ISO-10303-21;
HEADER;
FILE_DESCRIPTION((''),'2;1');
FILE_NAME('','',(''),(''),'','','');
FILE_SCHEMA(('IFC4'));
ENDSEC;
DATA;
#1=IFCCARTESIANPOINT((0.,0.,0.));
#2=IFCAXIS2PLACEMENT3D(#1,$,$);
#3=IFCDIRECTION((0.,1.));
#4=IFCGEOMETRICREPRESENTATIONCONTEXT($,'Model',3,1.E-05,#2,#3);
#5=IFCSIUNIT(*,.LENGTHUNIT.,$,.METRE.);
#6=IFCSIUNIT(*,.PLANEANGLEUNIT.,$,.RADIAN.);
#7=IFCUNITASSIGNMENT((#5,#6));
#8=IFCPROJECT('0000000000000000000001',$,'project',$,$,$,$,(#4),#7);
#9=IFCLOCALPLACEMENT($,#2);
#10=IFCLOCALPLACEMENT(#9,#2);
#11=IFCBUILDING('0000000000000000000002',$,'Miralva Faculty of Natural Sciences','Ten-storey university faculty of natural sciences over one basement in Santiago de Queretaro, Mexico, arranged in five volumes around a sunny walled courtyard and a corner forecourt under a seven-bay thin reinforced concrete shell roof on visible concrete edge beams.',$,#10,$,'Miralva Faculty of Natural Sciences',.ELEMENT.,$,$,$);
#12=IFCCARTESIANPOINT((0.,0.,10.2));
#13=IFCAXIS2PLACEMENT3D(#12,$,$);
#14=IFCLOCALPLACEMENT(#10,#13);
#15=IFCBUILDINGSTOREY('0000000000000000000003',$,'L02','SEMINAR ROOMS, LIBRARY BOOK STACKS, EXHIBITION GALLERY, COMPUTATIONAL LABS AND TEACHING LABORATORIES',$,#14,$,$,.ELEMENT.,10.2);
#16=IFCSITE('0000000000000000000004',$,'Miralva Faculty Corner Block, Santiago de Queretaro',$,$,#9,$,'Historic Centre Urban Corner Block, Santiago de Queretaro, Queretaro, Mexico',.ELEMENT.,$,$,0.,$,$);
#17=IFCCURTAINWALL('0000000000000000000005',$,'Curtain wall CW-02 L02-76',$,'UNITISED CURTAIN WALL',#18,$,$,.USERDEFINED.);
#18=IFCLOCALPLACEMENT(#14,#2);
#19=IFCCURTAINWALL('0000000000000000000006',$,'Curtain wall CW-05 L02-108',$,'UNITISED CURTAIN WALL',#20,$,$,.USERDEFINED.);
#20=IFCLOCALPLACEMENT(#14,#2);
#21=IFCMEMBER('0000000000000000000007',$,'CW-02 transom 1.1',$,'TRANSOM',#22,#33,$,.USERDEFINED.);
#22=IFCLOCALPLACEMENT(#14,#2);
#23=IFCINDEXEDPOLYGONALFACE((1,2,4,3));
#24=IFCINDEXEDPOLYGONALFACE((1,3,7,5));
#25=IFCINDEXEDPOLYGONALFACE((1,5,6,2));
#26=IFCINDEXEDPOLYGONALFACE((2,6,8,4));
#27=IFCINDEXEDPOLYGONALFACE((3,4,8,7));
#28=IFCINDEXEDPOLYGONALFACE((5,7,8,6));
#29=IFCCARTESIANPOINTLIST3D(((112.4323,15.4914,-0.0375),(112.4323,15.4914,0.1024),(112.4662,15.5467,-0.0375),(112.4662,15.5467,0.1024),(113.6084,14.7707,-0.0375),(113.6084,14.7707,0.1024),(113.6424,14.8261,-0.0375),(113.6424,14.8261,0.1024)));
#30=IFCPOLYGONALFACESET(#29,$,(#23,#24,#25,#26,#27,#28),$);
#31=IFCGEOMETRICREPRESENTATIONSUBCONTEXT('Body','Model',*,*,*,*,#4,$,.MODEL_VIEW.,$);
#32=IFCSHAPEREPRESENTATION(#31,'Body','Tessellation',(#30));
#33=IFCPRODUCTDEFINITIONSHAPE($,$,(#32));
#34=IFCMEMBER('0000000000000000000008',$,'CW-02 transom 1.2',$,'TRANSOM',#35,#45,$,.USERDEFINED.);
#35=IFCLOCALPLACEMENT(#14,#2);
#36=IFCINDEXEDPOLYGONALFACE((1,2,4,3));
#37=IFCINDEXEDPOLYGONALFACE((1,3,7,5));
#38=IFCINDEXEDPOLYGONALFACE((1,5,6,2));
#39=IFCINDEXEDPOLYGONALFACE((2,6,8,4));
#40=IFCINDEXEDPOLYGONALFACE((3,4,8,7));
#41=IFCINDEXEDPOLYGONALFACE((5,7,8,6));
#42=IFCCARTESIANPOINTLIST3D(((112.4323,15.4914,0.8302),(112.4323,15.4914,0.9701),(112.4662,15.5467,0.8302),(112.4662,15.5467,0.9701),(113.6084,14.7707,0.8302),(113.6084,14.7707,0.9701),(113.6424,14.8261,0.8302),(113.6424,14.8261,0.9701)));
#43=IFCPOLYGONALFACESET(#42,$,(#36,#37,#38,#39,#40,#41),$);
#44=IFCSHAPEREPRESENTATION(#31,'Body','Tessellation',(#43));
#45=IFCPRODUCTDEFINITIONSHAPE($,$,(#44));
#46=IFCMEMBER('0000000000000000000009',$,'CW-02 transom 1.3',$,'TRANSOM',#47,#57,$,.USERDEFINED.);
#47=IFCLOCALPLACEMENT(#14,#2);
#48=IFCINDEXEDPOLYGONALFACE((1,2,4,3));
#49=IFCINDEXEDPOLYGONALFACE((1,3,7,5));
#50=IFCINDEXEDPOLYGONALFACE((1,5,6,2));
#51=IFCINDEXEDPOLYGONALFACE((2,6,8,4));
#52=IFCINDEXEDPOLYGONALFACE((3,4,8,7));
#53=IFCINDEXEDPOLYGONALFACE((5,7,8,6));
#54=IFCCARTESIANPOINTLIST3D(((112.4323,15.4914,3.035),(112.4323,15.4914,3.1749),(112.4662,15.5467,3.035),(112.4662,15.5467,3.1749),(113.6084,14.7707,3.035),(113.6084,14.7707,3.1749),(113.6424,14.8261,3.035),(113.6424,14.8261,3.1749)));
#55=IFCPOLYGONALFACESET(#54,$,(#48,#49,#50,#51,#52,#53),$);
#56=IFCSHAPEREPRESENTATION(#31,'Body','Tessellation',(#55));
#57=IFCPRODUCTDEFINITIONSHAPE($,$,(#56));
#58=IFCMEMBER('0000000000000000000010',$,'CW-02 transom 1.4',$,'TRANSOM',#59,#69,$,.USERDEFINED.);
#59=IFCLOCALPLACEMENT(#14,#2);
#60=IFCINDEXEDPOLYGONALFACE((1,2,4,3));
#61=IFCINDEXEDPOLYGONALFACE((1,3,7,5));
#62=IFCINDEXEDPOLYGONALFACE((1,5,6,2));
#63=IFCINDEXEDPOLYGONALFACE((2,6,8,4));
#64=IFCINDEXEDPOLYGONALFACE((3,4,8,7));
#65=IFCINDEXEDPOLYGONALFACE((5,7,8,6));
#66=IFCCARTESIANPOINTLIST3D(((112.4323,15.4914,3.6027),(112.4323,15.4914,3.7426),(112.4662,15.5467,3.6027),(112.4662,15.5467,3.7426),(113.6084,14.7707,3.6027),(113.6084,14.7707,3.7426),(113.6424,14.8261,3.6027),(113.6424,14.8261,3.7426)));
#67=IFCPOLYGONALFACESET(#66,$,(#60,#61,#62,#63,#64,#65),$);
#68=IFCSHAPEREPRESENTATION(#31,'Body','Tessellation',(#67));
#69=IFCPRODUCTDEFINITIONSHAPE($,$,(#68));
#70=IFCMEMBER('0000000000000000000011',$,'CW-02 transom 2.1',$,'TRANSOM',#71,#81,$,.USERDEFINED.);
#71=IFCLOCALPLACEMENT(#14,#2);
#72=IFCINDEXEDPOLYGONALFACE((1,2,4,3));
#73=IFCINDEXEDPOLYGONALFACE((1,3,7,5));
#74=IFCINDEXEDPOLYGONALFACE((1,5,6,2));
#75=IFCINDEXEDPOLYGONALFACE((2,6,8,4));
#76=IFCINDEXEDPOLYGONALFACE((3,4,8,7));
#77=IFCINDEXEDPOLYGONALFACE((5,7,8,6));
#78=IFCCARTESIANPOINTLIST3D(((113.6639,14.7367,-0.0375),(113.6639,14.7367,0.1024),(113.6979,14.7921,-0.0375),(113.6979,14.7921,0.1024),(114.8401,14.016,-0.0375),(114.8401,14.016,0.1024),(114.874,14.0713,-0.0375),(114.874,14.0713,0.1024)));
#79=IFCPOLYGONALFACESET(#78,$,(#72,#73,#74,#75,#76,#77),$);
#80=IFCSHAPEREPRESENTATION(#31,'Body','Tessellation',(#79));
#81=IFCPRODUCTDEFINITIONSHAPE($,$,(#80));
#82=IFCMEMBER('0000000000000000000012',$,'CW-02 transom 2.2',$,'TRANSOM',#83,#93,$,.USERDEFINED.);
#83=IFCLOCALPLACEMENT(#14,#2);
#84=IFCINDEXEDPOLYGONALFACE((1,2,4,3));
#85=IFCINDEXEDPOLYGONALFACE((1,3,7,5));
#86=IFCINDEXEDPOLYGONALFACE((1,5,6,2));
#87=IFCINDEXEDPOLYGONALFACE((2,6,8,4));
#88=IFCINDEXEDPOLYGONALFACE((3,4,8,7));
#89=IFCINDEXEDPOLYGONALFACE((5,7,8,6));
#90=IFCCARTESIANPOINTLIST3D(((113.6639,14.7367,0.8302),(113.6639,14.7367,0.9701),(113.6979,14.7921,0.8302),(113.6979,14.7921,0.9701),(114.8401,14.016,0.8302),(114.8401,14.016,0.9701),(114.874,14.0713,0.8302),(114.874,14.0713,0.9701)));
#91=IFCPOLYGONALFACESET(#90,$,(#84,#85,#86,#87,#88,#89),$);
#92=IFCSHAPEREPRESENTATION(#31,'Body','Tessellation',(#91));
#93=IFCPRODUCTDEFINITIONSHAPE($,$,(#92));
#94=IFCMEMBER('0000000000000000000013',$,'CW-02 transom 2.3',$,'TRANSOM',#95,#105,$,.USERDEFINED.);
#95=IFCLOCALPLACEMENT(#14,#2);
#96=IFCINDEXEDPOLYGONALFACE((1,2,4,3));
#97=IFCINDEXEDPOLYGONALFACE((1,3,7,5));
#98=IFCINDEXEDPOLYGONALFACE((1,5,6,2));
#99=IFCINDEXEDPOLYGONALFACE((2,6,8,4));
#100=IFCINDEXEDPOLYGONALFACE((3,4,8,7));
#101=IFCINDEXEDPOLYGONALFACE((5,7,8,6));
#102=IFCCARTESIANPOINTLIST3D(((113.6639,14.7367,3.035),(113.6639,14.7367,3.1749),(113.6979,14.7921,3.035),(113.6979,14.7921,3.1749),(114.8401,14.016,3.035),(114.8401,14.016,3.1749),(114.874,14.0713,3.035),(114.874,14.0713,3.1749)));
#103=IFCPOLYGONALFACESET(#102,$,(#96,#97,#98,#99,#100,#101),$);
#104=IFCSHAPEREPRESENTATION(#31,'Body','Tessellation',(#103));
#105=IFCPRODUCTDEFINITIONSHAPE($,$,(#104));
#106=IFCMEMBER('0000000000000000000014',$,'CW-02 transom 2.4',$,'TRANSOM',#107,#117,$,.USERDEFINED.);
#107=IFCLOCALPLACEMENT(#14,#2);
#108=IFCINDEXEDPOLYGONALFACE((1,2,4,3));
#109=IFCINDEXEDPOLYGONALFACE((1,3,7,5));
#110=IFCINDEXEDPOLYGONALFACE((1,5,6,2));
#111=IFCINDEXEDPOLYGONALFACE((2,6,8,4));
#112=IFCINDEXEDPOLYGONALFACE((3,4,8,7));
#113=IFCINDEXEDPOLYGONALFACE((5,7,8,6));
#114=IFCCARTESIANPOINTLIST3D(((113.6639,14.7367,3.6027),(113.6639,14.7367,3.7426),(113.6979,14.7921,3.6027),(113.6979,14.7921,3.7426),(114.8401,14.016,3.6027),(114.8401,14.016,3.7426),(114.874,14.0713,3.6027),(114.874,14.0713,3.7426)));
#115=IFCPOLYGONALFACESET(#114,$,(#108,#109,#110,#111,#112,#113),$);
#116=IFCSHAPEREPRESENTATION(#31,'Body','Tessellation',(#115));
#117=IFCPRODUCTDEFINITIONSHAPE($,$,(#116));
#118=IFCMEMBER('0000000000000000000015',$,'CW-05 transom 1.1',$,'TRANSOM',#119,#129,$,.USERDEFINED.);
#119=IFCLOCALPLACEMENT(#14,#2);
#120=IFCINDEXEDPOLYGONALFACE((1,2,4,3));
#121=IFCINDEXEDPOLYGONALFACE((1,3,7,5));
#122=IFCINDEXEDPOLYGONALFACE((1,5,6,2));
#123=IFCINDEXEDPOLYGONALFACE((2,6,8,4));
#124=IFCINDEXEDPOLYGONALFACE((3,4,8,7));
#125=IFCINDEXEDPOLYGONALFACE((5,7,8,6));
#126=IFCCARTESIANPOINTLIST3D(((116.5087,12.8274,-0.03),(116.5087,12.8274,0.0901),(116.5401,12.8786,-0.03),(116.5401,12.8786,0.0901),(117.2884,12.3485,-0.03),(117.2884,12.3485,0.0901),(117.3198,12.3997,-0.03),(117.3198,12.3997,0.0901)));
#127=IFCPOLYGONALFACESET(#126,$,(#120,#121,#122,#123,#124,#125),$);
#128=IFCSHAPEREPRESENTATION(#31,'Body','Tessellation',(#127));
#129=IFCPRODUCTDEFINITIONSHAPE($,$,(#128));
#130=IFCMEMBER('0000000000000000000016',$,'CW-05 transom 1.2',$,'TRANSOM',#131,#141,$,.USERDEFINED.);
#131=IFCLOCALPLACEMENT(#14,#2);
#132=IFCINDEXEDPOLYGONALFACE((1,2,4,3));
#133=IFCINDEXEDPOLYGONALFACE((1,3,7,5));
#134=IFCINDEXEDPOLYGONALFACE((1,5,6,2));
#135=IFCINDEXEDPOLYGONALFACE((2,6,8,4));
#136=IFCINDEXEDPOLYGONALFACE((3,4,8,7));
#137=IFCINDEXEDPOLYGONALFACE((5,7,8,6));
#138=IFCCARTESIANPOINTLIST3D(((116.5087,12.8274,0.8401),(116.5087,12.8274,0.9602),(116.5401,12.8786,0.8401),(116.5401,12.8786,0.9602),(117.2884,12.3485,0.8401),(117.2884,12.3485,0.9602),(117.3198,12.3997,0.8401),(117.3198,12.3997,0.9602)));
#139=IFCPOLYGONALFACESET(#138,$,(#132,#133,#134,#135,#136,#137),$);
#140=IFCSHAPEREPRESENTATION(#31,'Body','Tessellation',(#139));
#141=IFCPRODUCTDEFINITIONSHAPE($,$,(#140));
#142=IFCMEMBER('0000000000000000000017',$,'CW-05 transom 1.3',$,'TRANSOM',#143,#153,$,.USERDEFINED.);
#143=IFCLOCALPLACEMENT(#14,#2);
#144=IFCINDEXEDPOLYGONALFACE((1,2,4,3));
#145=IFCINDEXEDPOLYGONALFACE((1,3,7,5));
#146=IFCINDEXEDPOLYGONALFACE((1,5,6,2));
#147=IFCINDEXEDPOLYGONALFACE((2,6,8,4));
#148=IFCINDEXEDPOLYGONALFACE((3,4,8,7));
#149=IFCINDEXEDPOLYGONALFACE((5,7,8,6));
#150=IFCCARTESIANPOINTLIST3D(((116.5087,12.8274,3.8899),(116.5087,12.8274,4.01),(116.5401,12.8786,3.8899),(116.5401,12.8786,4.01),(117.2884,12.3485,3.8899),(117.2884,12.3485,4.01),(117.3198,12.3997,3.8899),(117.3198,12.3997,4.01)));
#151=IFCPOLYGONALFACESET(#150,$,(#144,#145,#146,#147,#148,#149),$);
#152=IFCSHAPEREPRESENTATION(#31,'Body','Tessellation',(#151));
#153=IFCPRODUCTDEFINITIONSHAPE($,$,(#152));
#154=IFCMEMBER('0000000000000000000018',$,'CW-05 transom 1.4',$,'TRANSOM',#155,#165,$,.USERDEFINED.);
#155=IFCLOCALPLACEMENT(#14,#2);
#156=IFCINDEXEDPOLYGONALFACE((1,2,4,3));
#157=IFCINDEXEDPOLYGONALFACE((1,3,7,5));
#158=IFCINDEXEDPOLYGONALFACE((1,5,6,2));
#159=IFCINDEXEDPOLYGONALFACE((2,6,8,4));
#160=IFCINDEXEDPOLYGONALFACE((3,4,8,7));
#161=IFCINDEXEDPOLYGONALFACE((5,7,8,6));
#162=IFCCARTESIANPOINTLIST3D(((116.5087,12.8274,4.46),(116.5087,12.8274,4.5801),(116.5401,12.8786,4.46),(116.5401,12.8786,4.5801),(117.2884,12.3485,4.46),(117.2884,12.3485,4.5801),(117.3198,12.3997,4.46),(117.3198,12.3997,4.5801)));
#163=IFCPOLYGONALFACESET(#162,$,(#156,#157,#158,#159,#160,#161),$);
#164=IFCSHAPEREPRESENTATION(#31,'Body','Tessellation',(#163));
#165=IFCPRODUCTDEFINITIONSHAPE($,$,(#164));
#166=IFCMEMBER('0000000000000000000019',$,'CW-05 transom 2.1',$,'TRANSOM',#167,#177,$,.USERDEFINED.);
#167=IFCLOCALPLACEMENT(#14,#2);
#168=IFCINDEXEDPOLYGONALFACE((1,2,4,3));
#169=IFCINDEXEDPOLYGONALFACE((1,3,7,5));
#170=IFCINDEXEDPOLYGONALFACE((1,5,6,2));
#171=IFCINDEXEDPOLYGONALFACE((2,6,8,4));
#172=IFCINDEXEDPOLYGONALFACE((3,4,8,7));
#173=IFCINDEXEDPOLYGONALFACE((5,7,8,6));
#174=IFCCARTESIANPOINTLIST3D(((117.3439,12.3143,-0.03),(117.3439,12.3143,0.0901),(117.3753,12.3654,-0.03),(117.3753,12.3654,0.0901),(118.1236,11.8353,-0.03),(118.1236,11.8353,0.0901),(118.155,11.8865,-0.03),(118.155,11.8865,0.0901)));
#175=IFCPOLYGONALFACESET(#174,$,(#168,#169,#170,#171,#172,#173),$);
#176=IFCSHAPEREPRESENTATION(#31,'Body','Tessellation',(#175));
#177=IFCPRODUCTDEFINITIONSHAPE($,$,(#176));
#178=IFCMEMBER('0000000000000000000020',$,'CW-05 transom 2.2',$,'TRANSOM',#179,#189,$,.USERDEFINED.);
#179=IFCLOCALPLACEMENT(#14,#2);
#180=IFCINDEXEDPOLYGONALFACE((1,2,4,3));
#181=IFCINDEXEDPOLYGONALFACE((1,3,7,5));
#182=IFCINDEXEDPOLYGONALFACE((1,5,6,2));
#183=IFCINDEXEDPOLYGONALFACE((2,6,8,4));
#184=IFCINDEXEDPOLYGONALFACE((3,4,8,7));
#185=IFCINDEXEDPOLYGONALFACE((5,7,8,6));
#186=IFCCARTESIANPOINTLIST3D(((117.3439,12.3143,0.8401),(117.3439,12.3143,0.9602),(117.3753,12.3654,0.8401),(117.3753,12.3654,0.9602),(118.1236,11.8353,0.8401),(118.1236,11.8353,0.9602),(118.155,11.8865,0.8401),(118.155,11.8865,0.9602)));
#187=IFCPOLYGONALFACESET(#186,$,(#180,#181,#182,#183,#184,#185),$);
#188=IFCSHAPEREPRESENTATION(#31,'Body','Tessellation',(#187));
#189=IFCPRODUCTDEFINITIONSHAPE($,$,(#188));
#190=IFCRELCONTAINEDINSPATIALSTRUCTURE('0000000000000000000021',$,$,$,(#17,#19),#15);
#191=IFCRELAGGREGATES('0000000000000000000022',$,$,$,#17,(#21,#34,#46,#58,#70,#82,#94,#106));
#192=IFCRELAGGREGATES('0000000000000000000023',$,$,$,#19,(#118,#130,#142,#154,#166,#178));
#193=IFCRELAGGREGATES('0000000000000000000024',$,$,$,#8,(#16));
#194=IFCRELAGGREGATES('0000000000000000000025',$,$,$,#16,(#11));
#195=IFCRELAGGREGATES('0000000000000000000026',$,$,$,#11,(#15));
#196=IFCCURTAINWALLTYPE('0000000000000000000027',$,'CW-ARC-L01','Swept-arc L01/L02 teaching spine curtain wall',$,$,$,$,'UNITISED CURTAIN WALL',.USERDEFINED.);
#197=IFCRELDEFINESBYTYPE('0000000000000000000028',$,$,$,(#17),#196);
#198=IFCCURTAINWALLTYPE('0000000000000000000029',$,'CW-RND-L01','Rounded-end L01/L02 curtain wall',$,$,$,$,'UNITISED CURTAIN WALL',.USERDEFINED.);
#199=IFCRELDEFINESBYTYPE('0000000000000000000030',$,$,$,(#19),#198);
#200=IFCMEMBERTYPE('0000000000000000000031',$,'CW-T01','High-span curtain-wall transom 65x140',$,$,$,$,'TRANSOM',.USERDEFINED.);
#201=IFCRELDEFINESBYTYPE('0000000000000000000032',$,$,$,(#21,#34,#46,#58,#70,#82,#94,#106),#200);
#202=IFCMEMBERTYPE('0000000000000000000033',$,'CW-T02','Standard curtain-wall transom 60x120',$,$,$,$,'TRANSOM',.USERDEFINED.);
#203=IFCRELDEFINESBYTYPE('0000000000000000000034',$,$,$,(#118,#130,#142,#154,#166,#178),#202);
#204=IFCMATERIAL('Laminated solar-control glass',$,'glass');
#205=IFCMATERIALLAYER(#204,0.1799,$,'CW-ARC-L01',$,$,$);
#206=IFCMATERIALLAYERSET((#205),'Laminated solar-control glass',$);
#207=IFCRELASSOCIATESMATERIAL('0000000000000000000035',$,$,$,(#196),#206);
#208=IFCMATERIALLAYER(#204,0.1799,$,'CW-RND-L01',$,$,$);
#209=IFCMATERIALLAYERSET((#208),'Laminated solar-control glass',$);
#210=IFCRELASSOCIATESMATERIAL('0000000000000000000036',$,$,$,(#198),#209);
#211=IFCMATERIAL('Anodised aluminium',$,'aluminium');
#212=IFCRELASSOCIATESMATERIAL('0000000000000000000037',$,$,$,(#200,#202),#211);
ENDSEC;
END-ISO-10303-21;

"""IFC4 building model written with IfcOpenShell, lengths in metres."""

from ifc_helpers import new_model, si_unit, direction, frame, origin, origin_2d, place, context, subcontext, project, spatial, rectangle, extrude, material, layer, layer_set, material_profile, profile_set, type_object, element, aggregate, save


model = new_model("IFC4")

# Units and contexts
model_context = context("Model", 3, precision=1e-05, world=origin(), true_north=direction((0.0, 1.0)))
body_context = subcontext(model_context, "Body", "Model", "MODEL_VIEW")
ifc_project = project(units=[si_unit("LENGTHUNIT", "METRE"), si_unit("PLANEANGLEUNIT", "RADIAN")], contexts=[model_context])

# Site, building, storey
site_placement = place(None, origin())
site = spatial("IfcSite", under=ifc_project, at=site_placement, Name="Miralva Faculty Corner Block, Santiago de Queretaro", LongName="Historic Centre Urban Corner Block, Santiago de Queretaro, Queretaro, Mexico", CompositionType="ELEMENT", RefElevation=0.0)
building_placement = place(site_placement, origin())
building = spatial("IfcBuilding", under=site, at=building_placement, Name="Miralva Faculty of Natural Sciences", Description="Ten-storey university faculty of natural sciences over one basement in Santiago de Queretaro, Mexico, arranged in five volumes around a sunny walled courtyard and a corner forecourt under a seven-bay thin reinforced concrete shell roof on visible concrete edge beams.", LongName="Miralva Faculty of Natural Sciences", CompositionType="ELEMENT")
storey_placement = place(building_placement, frame((0.0, 0.0, 10.2)))
storey = spatial("IfcBuildingStorey", under=building, at=storey_placement, Name="L02", Description="SEMINAR ROOMS, LIBRARY BOOK STACKS, EXHIBITION GALLERY, COMPUTATIONAL LABS AND TEACHING LABORATORIES", CompositionType="ELEMENT", Elevation=10.2)

# Shared definitions
ifc_material_1 = material(Name="Laminated solar-control glass", Category="glass")
ifc_layer_1 = layer(ifc_material_1, 0.1799, Name="CW-ARC-L01")
ifc_layer_set_1 = layer_set([ifc_layer_1], Name="Laminated solar-control glass")
curtain_wall_type_1 = type_object("IfcCurtainWallType", Name="CW-ARC-L01", Description="Swept-arc L01/L02 teaching spine curtain wall", ElementType="UNITISED CURTAIN WALL", PredefinedType="USERDEFINED", material=ifc_layer_set_1)
ifc_material_2 = material(Name="Anodised aluminium", Category="aluminium")

# Curtain walls
curtain_wall_1_placement = place(storey_placement, origin())
curtain_wall_1 = element("IfcCurtainWall", 1, at=curtain_wall_1_placement, inside=storey, type_object=curtain_wall_type_1, Name="Curtain wall CW-02 L02-76", ObjectType="UNITISED CURTAIN WALL", PredefinedType="USERDEFINED")
ifc_layer_2 = layer(ifc_material_1, 0.1799, Name="CW-RND-L01")
ifc_layer_set_2 = layer_set([ifc_layer_2], Name="Laminated solar-control glass")
curtain_wall_type_2 = type_object("IfcCurtainWallType", Name="CW-RND-L01", Description="Rounded-end L01/L02 curtain wall", ElementType="UNITISED CURTAIN WALL", PredefinedType="USERDEFINED", material=ifc_layer_set_2)
curtain_wall_2_placement = place(storey_placement, origin())
curtain_wall_2 = element("IfcCurtainWall", 2, at=curtain_wall_2_placement, inside=storey, type_object=curtain_wall_type_2, Name="Curtain wall CW-05 L02-108", ObjectType="UNITISED CURTAIN WALL", PredefinedType="USERDEFINED")

# Members
ifc_material_profile_1 = material_profile(ifc_material_2, rectangle(XDim=0.0649, YDim=0.1399, at=origin_2d()), Name="TRANSOM 65x140")
ifc_profile_set_1 = profile_set([ifc_material_profile_1], Name="Anodised aluminium")
member_type_1 = type_object("IfcMemberType", Name="CW-T01", Description="High-span curtain-wall transom 65x140", ElementType="TRANSOM", PredefinedType="USERDEFINED", material=ifc_profile_set_1)
member_1_placement = place(storey_placement, frame((112.4492, 15.519, 0.0325), z_axis=(0.852678, -0.522438, 0.0), x_axis=(0.522438, 0.852678, 0.0)))
member_1 = element("IfcMember", 3, at=member_1_placement, type_object=member_type_1, Name="CW-02 transom 1.1", ObjectType="TRANSOM", PredefinedType="USERDEFINED", context=body_context, shape_type="SweptSolid", body=[
    extrude(rectangle(XDim=0.0649, YDim=0.1399, at=origin_2d()), origin(), (0.0, 0.0, 1.0), 1.3794),
])
member_2_placement = place(storey_placement, frame((112.4492, 15.519, 0.9001), z_axis=(0.852678, -0.522438, 0.0), x_axis=(0.522438, 0.852678, 0.0)))
member_2 = element("IfcMember", 4, at=member_2_placement, type_object=member_type_1, Name="CW-02 transom 1.2", ObjectType="TRANSOM", PredefinedType="USERDEFINED", context=body_context, shape_type="SweptSolid", body=[
    extrude(rectangle(XDim=0.0649, YDim=0.1399, at=origin_2d()), origin(), (0.0, 0.0, 1.0), 1.3794),
])
member_3_placement = place(storey_placement, frame((112.4492, 15.519, 3.105), z_axis=(0.852678, -0.522438, 0.0), x_axis=(0.522438, 0.852678, 0.0)))
member_3 = element("IfcMember", 5, at=member_3_placement, type_object=member_type_1, Name="CW-02 transom 1.3", ObjectType="TRANSOM", PredefinedType="USERDEFINED", context=body_context, shape_type="SweptSolid", body=[
    extrude(rectangle(XDim=0.0649, YDim=0.1399, at=origin_2d()), origin(), (0.0, 0.0, 1.0), 1.3794),
])
member_4_placement = place(storey_placement, frame((112.4492, 15.519, 3.6726), z_axis=(0.852678, -0.522438, 0.0), x_axis=(0.522438, 0.852678, 0.0)))
member_4 = element("IfcMember", 6, at=member_4_placement, type_object=member_type_1, Name="CW-02 transom 1.4", ObjectType="TRANSOM", PredefinedType="USERDEFINED", context=body_context, shape_type="SweptSolid", body=[
    extrude(rectangle(XDim=0.0649, YDim=0.1399, at=origin_2d()), origin(), (0.0, 0.0, 1.0), 1.3794),
])
member_5_placement = place(storey_placement, frame((113.6809, 14.7644, 0.0325), z_axis=(0.852629, -0.522516, 0.0), x_axis=(0.522516, 0.852629, 0.0)))
member_5 = element("IfcMember", 7, at=member_5_placement, type_object=member_type_1, Name="CW-02 transom 2.1", ObjectType="TRANSOM", PredefinedType="USERDEFINED", context=body_context, shape_type="SweptSolid", body=[
    extrude(rectangle(XDim=0.0649, YDim=0.1399, at=origin_2d()), origin(), (0.0, 0.0, 1.0), 1.3794),
])
member_6_placement = place(storey_placement, frame((113.6809, 14.7644, 0.9001), z_axis=(0.852629, -0.522516, 0.0), x_axis=(0.522516, 0.852629, 0.0)))
member_6 = element("IfcMember", 8, at=member_6_placement, type_object=member_type_1, Name="CW-02 transom 2.2", ObjectType="TRANSOM", PredefinedType="USERDEFINED", context=body_context, shape_type="SweptSolid", body=[
    extrude(rectangle(XDim=0.0649, YDim=0.1399, at=origin_2d()), origin(), (0.0, 0.0, 1.0), 1.3794),
])
member_7_placement = place(storey_placement, frame((113.6809, 14.7644, 3.105), z_axis=(0.852629, -0.522516, 0.0), x_axis=(0.522516, 0.852629, 0.0)))
member_7 = element("IfcMember", 9, at=member_7_placement, type_object=member_type_1, Name="CW-02 transom 2.3", ObjectType="TRANSOM", PredefinedType="USERDEFINED", context=body_context, shape_type="SweptSolid", body=[
    extrude(rectangle(XDim=0.0649, YDim=0.1399, at=origin_2d()), origin(), (0.0, 0.0, 1.0), 1.3794),
])
member_8_placement = place(storey_placement, frame((113.6809, 14.7644, 3.6726), z_axis=(0.852629, -0.522516, 0.0), x_axis=(0.522516, 0.852629, 0.0)))
member_8 = element("IfcMember", 10, at=member_8_placement, type_object=member_type_1, Name="CW-02 transom 2.4", ObjectType="TRANSOM", PredefinedType="USERDEFINED", context=body_context, shape_type="SweptSolid", body=[
    extrude(rectangle(XDim=0.0649, YDim=0.1399, at=origin_2d()), origin(), (0.0, 0.0, 1.0), 1.3794),
])
ifc_material_profile_2 = material_profile(ifc_material_2, rectangle(XDim=0.0601, YDim=0.1201, at=origin_2d()), Name="TRANSOM 60x120")
ifc_profile_set_2 = profile_set([ifc_material_profile_2], Name="Anodised aluminium")
member_type_2 = type_object("IfcMemberType", Name="CW-T02", Description="Standard curtain-wall transom 60x120", ElementType="TRANSOM", PredefinedType="USERDEFINED", material=ifc_profile_set_2)
member_9_placement = place(storey_placement, frame((116.5244, 12.853, 0.03), z_axis=(0.852079, -0.523413, 0.0), x_axis=(0.523413, 0.852079, 0.0)))
member_9 = element("IfcMember", 11, at=member_9_placement, type_object=member_type_2, Name="CW-05 transom 1.1", ObjectType="TRANSOM", PredefinedType="USERDEFINED", context=body_context, shape_type="SweptSolid", body=[
    extrude(rectangle(XDim=0.0601, YDim=0.1201, at=origin_2d()), origin(), (0.0, 0.0, 1.0), 0.915),
])
member_10_placement = place(storey_placement, frame((116.5244, 12.853, 0.9001), z_axis=(0.852079, -0.523413, 0.0), x_axis=(0.523413, 0.852079, 0.0)))
member_10 = element("IfcMember", 12, at=member_10_placement, type_object=member_type_2, Name="CW-05 transom 1.2", ObjectType="TRANSOM", PredefinedType="USERDEFINED", context=body_context, shape_type="SweptSolid", body=[
    extrude(rectangle(XDim=0.0601, YDim=0.1201, at=origin_2d()), origin(), (0.0, 0.0, 1.0), 0.915),
])
member_11_placement = place(storey_placement, frame((116.5244, 12.853, 3.95), z_axis=(0.852079, -0.523413, 0.0), x_axis=(0.523413, 0.852079, 0.0)))
member_11 = element("IfcMember", 13, at=member_11_placement, type_object=member_type_2, Name="CW-05 transom 1.3", ObjectType="TRANSOM", PredefinedType="USERDEFINED", context=body_context, shape_type="SweptSolid", body=[
    extrude(rectangle(XDim=0.0601, YDim=0.1201, at=origin_2d()), origin(), (0.0, 0.0, 1.0), 0.915),
])
member_12_placement = place(storey_placement, frame((116.5244, 12.853, 4.52), z_axis=(0.852079, -0.523413, 0.0), x_axis=(0.523413, 0.852079, 0.0)))
member_12 = element("IfcMember", 14, at=member_12_placement, type_object=member_type_2, Name="CW-05 transom 1.4", ObjectType="TRANSOM", PredefinedType="USERDEFINED", context=body_context, shape_type="SweptSolid", body=[
    extrude(rectangle(XDim=0.0601, YDim=0.1201, at=origin_2d()), origin(), (0.0, 0.0, 1.0), 0.915),
])
member_13_placement = place(storey_placement, frame((117.3596, 12.3398, 0.03), z_axis=(0.852079, -0.523413, 0.0), x_axis=(0.523413, 0.852079, 0.0)))
member_13 = element("IfcMember", 15, at=member_13_placement, type_object=member_type_2, Name="CW-05 transom 2.1", ObjectType="TRANSOM", PredefinedType="USERDEFINED", context=body_context, shape_type="SweptSolid", body=[
    extrude(rectangle(XDim=0.0601, YDim=0.1201, at=origin_2d()), origin(), (0.0, 0.0, 1.0), 0.915),
])
member_14_placement = place(storey_placement, frame((117.3596, 12.3398, 0.9001), z_axis=(0.852079, -0.523413, 0.0), x_axis=(0.523413, 0.852079, 0.0)))
member_14 = element("IfcMember", 16, at=member_14_placement, type_object=member_type_2, Name="CW-05 transom 2.2", ObjectType="TRANSOM", PredefinedType="USERDEFINED", context=body_context, shape_type="SweptSolid", body=[
    extrude(rectangle(XDim=0.0601, YDim=0.1201, at=origin_2d()), origin(), (0.0, 0.0, 1.0), 0.915),
])

aggregate(curtain_wall_1, [member_1, member_2, member_3, member_4, member_5, member_6, member_7, member_8])
aggregate(curtain_wall_2, [member_9, member_10, member_11, member_12, member_13, member_14])

save(model, "model.ifc")
